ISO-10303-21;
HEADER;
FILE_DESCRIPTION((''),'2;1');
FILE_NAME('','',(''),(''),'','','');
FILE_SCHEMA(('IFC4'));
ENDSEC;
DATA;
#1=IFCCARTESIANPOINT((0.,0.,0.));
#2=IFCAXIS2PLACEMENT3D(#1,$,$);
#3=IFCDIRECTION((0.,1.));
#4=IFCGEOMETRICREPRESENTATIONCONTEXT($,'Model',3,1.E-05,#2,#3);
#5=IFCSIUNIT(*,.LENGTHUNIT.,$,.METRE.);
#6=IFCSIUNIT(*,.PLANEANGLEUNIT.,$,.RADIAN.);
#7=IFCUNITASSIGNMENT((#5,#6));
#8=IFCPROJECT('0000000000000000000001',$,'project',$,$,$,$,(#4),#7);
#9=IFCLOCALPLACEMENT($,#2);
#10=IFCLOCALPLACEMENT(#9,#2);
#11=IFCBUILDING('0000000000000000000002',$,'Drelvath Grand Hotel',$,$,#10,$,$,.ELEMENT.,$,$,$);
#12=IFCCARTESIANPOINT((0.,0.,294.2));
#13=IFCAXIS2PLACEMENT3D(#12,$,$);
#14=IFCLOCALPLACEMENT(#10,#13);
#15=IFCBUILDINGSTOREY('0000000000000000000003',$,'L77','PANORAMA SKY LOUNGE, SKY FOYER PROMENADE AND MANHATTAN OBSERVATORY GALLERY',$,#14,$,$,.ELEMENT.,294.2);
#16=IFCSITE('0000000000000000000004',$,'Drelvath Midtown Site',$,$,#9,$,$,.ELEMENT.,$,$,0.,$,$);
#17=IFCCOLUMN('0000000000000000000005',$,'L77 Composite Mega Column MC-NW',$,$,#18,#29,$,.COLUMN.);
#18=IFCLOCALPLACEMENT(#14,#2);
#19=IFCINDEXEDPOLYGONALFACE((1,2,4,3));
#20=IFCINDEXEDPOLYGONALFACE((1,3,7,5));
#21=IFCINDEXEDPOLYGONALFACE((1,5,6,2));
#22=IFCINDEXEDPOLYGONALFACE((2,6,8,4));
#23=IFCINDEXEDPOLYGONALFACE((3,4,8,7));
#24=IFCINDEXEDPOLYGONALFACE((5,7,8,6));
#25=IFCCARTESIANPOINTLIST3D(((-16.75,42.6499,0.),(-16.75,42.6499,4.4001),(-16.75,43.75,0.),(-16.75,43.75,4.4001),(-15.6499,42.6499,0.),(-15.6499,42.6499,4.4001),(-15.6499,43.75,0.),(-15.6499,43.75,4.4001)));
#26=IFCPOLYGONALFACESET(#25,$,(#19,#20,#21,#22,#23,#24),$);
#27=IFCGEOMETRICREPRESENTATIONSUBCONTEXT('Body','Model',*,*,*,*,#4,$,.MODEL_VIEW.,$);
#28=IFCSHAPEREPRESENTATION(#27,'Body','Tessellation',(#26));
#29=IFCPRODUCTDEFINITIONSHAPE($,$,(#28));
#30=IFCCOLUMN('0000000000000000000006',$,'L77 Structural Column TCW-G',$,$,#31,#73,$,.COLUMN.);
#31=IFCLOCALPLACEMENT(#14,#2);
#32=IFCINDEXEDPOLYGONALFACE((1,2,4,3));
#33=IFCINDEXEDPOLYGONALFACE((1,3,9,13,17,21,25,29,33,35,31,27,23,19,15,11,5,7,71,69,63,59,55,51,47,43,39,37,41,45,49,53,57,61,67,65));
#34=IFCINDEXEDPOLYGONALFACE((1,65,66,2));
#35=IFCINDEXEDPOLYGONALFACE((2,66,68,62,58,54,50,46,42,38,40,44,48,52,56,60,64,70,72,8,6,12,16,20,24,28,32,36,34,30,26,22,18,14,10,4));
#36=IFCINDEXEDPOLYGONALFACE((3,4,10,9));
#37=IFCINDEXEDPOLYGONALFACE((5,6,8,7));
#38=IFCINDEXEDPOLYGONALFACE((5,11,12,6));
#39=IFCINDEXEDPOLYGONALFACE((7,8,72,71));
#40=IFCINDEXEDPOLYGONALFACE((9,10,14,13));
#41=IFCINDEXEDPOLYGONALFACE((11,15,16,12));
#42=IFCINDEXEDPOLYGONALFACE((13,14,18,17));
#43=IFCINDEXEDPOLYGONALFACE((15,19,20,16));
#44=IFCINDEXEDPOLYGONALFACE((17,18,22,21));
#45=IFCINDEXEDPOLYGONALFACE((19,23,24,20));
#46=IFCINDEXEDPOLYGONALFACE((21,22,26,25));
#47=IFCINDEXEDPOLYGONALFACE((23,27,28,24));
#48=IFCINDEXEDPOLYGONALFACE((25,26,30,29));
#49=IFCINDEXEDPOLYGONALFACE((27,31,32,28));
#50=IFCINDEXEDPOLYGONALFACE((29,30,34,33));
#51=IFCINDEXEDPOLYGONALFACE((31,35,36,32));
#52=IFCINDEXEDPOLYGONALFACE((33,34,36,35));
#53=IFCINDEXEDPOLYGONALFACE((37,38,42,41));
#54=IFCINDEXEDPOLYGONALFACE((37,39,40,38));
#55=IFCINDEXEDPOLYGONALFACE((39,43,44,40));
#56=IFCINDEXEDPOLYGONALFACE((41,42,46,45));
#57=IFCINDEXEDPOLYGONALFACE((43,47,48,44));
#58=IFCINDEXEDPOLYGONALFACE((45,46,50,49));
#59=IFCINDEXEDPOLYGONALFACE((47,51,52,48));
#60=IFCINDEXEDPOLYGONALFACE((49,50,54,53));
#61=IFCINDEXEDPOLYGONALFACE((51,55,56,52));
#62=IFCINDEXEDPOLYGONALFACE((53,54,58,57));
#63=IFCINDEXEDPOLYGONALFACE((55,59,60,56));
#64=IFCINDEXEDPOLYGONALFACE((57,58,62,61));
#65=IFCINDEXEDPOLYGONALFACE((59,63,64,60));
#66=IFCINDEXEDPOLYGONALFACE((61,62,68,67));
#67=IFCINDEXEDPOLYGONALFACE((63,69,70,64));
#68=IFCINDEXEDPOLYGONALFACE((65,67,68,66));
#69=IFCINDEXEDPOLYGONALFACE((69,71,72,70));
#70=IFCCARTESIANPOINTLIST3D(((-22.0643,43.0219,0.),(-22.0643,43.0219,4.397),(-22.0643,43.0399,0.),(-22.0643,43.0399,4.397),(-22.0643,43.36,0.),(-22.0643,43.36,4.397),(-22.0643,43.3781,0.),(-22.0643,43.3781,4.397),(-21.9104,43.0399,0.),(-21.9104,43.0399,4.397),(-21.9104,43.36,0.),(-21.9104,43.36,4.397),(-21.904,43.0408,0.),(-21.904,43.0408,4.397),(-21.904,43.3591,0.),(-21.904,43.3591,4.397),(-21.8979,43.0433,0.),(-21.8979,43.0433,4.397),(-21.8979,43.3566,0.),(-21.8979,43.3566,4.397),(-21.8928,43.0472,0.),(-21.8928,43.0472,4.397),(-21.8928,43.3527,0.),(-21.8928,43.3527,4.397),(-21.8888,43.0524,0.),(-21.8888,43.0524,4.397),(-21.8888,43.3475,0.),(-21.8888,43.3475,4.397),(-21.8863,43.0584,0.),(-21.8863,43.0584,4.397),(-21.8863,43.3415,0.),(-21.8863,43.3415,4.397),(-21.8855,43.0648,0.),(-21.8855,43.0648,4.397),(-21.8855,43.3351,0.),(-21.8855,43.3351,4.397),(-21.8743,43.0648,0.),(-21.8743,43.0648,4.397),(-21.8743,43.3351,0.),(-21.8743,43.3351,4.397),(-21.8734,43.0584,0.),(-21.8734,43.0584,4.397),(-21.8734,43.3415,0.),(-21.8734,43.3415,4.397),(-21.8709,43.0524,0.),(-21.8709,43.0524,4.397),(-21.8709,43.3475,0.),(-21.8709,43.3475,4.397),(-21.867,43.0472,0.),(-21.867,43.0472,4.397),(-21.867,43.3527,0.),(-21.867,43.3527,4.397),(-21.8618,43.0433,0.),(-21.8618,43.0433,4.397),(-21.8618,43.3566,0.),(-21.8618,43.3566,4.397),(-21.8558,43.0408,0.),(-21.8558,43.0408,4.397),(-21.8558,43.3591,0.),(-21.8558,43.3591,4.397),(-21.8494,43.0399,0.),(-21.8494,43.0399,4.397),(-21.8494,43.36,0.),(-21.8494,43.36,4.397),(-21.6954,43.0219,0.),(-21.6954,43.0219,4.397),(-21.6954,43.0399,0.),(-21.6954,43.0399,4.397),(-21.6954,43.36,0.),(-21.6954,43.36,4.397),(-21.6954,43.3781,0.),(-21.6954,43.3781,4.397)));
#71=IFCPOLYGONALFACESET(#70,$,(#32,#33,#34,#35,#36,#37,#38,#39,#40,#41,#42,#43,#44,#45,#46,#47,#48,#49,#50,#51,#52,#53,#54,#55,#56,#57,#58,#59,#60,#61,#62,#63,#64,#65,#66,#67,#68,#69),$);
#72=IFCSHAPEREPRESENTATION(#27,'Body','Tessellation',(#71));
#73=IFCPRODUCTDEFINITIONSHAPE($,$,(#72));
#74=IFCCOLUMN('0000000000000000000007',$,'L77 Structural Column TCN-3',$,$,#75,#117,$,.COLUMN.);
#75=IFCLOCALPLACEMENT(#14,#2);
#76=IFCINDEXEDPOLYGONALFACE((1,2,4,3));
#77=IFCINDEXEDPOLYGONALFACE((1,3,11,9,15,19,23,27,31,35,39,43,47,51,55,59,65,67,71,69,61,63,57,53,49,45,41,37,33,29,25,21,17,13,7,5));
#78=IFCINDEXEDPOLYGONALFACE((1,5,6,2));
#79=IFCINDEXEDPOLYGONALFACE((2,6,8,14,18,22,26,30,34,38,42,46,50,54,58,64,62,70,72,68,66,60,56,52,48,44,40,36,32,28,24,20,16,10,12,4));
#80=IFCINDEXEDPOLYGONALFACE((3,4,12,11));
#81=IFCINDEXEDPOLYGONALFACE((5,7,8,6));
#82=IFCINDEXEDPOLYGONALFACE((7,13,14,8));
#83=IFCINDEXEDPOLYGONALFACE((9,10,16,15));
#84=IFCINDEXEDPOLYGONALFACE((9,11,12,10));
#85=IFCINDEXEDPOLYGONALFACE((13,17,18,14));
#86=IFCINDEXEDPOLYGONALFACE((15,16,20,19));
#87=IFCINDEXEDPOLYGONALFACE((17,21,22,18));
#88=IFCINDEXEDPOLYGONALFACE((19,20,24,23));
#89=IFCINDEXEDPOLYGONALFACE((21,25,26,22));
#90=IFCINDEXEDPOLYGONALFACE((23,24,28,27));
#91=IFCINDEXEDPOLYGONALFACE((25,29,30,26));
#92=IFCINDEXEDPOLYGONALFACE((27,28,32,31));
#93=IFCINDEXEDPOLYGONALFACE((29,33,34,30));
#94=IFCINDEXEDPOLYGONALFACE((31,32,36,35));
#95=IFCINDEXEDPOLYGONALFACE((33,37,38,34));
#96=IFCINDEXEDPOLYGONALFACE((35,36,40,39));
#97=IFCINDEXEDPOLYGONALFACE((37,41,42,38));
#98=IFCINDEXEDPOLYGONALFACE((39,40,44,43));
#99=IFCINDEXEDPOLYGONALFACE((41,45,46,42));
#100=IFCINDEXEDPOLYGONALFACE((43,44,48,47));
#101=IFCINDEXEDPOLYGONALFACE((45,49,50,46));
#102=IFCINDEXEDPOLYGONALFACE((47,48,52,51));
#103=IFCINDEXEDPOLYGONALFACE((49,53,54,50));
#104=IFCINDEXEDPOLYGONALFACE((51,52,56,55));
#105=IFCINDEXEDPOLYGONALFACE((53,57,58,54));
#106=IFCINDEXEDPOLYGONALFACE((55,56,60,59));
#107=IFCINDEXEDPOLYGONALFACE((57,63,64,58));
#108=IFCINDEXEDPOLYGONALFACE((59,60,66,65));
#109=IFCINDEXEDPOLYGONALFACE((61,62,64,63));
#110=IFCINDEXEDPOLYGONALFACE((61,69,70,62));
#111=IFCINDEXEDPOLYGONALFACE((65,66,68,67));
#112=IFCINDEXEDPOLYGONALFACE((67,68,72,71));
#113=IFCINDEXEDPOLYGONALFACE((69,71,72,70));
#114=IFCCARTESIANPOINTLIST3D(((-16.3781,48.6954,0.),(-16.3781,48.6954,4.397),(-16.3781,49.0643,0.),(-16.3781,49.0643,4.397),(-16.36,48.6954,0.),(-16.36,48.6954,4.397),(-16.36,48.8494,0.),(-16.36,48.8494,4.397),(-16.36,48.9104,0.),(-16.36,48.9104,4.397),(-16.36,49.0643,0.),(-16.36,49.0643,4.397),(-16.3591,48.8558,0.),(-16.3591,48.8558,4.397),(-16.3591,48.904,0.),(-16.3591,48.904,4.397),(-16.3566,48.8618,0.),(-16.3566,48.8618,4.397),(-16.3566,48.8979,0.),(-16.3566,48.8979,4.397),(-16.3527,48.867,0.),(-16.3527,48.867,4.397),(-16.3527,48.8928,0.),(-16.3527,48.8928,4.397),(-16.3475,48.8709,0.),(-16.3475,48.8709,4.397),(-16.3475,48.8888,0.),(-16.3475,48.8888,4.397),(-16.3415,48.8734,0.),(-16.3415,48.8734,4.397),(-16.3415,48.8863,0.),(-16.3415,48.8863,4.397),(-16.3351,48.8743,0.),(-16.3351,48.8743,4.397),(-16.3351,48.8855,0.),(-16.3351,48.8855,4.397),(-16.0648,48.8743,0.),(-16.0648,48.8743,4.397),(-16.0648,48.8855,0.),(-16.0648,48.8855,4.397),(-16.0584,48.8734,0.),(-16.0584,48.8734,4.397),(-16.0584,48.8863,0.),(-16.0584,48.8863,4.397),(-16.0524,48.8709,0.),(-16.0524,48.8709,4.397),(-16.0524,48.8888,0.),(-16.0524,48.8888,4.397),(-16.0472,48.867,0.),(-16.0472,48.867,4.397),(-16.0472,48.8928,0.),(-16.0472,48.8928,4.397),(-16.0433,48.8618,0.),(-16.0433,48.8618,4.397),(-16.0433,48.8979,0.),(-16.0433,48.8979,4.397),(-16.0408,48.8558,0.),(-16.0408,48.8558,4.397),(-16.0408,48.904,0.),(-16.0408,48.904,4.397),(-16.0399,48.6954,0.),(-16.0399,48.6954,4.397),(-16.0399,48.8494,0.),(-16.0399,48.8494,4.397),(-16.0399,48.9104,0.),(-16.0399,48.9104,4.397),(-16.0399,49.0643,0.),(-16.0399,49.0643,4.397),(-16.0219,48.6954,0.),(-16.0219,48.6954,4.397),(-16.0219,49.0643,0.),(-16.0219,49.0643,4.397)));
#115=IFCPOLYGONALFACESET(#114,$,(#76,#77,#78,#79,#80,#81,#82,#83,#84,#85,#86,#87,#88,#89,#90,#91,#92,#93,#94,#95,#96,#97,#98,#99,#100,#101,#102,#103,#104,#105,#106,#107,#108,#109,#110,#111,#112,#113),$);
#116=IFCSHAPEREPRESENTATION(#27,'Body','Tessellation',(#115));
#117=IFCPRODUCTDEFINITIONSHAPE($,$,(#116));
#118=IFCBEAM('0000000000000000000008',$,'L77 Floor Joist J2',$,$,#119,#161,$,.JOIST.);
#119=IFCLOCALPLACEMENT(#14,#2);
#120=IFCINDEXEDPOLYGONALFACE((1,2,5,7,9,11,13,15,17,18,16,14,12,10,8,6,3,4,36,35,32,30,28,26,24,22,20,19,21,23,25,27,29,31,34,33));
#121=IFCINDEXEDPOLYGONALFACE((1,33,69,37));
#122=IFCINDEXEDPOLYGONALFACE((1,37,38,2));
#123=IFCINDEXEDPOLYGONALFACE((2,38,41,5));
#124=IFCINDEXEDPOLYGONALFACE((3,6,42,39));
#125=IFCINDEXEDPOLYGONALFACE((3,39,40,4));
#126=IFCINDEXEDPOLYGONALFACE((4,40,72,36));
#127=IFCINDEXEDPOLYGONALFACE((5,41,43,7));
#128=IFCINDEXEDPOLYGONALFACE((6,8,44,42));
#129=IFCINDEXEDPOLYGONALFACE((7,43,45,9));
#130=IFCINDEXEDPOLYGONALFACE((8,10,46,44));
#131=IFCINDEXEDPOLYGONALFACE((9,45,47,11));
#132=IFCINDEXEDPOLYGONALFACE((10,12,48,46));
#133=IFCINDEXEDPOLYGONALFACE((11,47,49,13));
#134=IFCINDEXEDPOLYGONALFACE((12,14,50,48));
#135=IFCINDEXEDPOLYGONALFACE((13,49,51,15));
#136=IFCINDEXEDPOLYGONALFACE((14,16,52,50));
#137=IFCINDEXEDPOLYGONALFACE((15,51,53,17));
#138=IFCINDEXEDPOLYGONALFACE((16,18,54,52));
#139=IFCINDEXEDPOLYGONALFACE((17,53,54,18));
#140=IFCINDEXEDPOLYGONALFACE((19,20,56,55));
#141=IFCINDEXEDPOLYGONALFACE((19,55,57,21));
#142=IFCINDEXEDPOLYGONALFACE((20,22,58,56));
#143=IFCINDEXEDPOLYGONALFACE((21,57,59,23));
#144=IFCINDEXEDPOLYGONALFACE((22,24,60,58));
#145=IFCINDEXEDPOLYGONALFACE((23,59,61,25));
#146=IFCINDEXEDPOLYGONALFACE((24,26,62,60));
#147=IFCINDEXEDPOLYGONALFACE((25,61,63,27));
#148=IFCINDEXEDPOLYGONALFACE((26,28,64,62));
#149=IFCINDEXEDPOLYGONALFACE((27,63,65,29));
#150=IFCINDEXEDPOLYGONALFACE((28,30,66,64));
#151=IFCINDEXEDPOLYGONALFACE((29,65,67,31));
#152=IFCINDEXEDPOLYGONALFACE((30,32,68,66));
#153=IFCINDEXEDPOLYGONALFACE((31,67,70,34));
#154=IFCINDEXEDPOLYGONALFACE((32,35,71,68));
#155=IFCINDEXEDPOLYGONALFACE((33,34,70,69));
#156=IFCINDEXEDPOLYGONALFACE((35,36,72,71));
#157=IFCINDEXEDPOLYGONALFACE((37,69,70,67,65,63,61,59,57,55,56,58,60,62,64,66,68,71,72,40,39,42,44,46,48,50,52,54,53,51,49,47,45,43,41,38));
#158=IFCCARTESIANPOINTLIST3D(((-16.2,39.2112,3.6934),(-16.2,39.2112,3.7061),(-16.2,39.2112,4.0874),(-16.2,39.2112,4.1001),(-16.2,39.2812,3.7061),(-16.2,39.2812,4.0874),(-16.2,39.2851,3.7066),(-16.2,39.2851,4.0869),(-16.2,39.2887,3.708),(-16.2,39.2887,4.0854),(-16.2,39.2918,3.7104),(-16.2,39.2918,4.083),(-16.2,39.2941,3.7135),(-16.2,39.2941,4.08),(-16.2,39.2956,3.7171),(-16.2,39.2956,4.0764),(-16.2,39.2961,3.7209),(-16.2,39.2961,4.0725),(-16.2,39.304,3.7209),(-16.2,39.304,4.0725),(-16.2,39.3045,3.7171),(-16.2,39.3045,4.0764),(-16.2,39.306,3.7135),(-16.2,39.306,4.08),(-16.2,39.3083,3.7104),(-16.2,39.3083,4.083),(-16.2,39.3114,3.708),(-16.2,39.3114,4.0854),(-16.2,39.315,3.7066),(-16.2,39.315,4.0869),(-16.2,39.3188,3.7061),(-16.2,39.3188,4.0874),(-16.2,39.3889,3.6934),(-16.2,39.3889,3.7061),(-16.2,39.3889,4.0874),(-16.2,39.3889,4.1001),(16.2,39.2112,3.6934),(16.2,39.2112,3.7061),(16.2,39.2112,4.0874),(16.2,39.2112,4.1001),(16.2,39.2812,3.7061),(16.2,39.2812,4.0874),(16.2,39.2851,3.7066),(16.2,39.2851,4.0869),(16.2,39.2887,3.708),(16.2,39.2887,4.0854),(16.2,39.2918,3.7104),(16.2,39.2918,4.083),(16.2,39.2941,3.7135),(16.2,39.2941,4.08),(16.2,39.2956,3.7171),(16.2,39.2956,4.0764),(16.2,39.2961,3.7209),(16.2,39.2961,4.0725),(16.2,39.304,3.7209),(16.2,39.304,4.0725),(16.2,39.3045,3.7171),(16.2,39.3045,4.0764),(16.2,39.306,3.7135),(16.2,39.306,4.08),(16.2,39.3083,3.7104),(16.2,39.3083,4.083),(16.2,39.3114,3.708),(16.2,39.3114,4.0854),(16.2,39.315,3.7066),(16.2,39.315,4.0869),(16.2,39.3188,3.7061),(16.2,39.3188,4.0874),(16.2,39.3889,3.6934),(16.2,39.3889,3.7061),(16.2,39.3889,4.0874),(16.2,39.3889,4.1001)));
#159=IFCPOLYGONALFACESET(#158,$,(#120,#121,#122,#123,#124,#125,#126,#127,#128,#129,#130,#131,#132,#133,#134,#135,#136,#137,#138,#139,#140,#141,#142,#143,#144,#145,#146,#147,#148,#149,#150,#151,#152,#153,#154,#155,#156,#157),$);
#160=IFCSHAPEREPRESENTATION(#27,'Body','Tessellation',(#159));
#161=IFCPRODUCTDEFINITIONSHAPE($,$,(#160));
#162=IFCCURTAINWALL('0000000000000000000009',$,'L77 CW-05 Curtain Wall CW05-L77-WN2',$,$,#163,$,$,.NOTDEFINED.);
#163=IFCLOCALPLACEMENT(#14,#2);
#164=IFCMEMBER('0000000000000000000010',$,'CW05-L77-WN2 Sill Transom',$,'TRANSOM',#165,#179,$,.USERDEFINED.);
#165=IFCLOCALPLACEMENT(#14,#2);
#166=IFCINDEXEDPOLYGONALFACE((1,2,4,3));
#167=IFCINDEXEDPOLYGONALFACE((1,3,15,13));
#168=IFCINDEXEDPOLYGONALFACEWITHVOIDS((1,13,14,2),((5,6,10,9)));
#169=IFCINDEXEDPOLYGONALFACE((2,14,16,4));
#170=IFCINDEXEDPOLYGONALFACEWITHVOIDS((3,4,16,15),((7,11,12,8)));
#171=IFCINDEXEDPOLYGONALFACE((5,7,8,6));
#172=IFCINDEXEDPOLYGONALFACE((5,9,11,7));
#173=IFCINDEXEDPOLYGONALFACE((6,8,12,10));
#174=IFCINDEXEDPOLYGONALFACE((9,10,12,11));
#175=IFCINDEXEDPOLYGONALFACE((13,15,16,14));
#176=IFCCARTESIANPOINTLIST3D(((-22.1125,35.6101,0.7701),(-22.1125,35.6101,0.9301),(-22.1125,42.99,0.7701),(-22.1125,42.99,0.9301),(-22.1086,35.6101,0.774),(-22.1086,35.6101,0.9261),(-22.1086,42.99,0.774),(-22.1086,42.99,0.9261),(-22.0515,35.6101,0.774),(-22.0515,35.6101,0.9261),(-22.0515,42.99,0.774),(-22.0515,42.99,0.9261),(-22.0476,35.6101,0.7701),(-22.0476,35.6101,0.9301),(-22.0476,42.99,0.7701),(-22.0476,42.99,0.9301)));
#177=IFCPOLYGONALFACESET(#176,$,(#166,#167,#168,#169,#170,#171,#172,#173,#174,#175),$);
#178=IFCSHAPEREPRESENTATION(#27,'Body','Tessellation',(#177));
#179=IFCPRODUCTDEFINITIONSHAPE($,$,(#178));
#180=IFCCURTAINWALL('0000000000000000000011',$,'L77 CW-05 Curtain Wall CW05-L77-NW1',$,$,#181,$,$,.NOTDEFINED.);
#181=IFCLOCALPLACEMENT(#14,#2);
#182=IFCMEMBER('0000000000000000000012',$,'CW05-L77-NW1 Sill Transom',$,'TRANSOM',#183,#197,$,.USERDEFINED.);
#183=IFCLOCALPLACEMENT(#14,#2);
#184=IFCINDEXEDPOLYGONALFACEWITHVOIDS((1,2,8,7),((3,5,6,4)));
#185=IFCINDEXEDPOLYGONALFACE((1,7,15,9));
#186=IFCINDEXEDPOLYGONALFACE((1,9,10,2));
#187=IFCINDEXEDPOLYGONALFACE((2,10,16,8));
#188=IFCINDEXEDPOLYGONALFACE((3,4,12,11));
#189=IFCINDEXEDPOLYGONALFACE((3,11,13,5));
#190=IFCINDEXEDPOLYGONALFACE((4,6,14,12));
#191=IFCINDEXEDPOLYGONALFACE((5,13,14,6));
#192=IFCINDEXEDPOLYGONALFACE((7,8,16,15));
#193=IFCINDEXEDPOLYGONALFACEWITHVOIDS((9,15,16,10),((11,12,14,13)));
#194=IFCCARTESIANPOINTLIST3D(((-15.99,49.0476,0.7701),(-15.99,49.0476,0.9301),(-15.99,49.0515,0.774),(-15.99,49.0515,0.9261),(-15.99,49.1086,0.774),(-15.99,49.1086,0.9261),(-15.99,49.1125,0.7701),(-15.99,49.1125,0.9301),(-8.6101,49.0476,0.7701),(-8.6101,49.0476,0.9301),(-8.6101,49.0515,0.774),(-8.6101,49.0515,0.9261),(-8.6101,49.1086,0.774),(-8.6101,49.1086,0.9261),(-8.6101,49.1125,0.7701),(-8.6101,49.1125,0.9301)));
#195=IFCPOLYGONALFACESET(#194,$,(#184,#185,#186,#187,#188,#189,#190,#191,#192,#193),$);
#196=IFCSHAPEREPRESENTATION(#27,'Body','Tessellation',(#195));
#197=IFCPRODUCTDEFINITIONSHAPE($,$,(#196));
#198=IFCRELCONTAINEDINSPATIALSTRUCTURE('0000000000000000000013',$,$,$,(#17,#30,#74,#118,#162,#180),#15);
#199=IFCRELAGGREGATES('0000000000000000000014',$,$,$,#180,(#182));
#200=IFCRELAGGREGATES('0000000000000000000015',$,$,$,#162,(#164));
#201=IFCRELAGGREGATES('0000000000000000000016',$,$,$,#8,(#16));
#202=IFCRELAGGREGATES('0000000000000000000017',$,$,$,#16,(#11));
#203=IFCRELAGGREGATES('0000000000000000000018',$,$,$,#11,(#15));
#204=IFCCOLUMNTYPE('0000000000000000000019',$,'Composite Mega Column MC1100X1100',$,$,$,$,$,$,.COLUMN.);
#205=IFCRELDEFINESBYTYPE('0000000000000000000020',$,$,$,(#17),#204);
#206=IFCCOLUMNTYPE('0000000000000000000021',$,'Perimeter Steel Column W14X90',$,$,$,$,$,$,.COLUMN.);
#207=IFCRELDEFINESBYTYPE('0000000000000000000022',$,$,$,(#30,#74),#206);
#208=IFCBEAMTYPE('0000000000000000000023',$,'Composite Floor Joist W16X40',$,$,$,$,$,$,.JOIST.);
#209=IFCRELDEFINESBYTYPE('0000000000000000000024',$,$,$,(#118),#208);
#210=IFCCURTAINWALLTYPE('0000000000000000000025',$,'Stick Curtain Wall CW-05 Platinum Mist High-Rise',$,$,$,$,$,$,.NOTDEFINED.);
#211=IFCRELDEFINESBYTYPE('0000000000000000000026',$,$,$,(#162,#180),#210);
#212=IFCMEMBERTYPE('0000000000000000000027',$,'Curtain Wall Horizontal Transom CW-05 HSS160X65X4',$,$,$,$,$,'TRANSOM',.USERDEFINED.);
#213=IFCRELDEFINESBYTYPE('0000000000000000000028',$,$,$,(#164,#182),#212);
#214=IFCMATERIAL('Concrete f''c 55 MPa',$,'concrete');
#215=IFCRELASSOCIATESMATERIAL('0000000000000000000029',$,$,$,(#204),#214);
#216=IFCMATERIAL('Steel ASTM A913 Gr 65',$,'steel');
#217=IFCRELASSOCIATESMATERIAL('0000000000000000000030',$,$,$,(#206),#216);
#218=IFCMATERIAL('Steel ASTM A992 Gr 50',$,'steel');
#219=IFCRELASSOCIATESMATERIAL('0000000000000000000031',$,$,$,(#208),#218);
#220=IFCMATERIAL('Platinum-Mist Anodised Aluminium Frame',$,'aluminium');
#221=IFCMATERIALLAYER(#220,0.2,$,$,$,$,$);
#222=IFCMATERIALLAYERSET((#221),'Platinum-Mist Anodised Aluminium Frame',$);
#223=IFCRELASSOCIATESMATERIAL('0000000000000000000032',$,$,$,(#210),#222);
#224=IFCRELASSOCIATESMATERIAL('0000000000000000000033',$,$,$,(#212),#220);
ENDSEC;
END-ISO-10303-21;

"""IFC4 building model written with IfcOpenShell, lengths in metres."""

from ifc_helpers import new_model, si_unit, direction, frame, origin, origin_2d, place, context, subcontext, project, spatial, rectangle, hollow_rectangle, i_section, extrude, material, layer, layer_set, material_profile, profile_set, type_object, element, aggregate, save


model = new_model("IFC4")

# Units and contexts
model_context = context("Model", 3, precision=1e-05, world=origin(), true_north=direction((0.0, 1.0)))
body_context = subcontext(model_context, "Body", "Model", "MODEL_VIEW")
ifc_project = project(units=[si_unit("LENGTHUNIT", "METRE"), si_unit("PLANEANGLEUNIT", "RADIAN")], contexts=[model_context])

# Site, building, storey
site_placement = place(None, origin())
site = spatial("IfcSite", under=ifc_project, at=site_placement, Name="Drelvath Midtown Site", CompositionType="ELEMENT", RefElevation=0.0)
building_placement = place(site_placement, origin())
building = spatial("IfcBuilding", under=site, at=building_placement, Name="Drelvath Grand Hotel", CompositionType="ELEMENT")
storey_placement = place(building_placement, frame((0.0, 0.0, 294.2)))
storey = spatial("IfcBuildingStorey", under=building, at=storey_placement, Name="L77", Description="PANORAMA SKY LOUNGE, SKY FOYER PROMENADE AND MANHATTAN OBSERVATORY GALLERY", CompositionType="ELEMENT", Elevation=294.2)

# Columns
ifc_material_1 = material(Name="Concrete f'c 55 MPa", Category="concrete")
ifc_material_profile_1 = material_profile(ifc_material_1, rectangle(XDim=1.1001, YDim=1.1001, at=origin_2d()), Name="MC1100X1100")
ifc_profile_set_1 = profile_set([ifc_material_profile_1], Name="Concrete f'c 55 MPa")
column_type_1 = type_object("IfcColumnType", Name="Composite Mega Column MC1100X1100", PredefinedType="COLUMN", material=ifc_profile_set_1)
column_placement = place(storey_placement, frame((-16.2, 43.2, 0.0), z_axis=(0.0, 0.0, 1.0), x_axis=(1.0, 0.0, 0.0)))
element("IfcColumn", 1, at=column_placement, inside=storey, type_object=column_type_1, Name="L77 Composite Mega Column MC-NW", PredefinedType="COLUMN", context=body_context, shape_type="SweptSolid", body=[
    extrude(rectangle(XDim=1.1001, YDim=1.1001, at=origin_2d()), origin(), (0.0, 0.0, 1.0), 4.4001),
])
ifc_material_2 = material(Name="Steel ASTM A913 Gr 65", Category="steel")
ifc_material_profile_2 = material_profile(ifc_material_2, i_section(OverallWidth=0.3689, OverallDepth=0.3562, WebThickness=0.0112, FlangeThickness=0.0181, FilletRadius=0.0249, at=origin_2d()), Name="W14X90")
ifc_profile_set_2 = profile_set([ifc_material_profile_2], Name="Steel ASTM A913 Gr 65")
column_type_2 = type_object("IfcColumnType", Name="Perimeter Steel Column W14X90", PredefinedType="COLUMN", material=ifc_profile_set_2)
for number, where, z_axis, x_axis, name in (
    (2, (-21.8799, 43.2, 0.0), (0.0, 0.0, 1.0), (1.0, 0.0, 0.0), "L77 Structural Column TCW-G"),
    (3, (-16.2, 48.8799, 0.0), (0.0, 0.0, 1.0), (0.0, 1.0, 0.0), "L77 Structural Column TCN-3"),
):
    element("IfcColumn", number, at=place(storey_placement, frame(where, z_axis=z_axis, x_axis=x_axis)), inside=storey, type_object=column_type_2, Name=name, PredefinedType="COLUMN", context=body_context, shape_type="SweptSolid", body=[
        extrude(i_section(OverallWidth=0.3689, OverallDepth=0.3562, WebThickness=0.0112, FlangeThickness=0.0181, FilletRadius=0.0249, at=origin_2d()), origin(), (0.0, 0.0, 1.0), 4.397),
    ])

# Beam
ifc_material_3 = material(Name="Steel ASTM A992 Gr 50", Category="steel")
ifc_material_profile_3 = material_profile(ifc_material_3, i_section(OverallWidth=0.1777, OverallDepth=0.4067, WebThickness=0.0078, FlangeThickness=0.0127, FilletRadius=0.0149, at=origin_2d()), Name="W16X40")
ifc_profile_set_3 = profile_set([ifc_material_profile_3], Name="Steel ASTM A992 Gr 50")
beam_type_1 = type_object("IfcBeamType", Name="Composite Floor Joist W16X40", PredefinedType="JOIST", material=ifc_profile_set_3)
beam_1_placement = place(storey_placement, frame((-16.2, 39.3, 3.8967), z_axis=(1.0, 0.0, 0.0), x_axis=(0.0, 1.0, 0.0)))
element("IfcBeam", 4, at=beam_1_placement, inside=storey, type_object=beam_type_1, Name="L77 Floor Joist J2", PredefinedType="JOIST", context=body_context, shape_type="SweptSolid", body=[
    extrude(i_section(OverallWidth=0.1777, OverallDepth=0.4067, WebThickness=0.0078, FlangeThickness=0.0127, FilletRadius=0.0149, at=origin_2d()), origin(), (0.0, 0.0, 1.0), 32.3999),
])

# Curtain walls, members
ifc_material_4 = material(Name="Platinum-Mist Anodised Aluminium Frame", Category="aluminium")
ifc_layer_1 = layer(ifc_material_4, 0.2)
ifc_layer_set_1 = layer_set([ifc_layer_1], Name="Platinum-Mist Anodised Aluminium Frame")
curtain_wall_type = type_object("IfcCurtainWallType", Name="Stick Curtain Wall CW-05 Platinum Mist High-Rise", PredefinedType="NOTDEFINED", material=ifc_layer_set_1)
curtain_wall_1_placement = place(storey_placement, origin())
curtain_wall_1 = element("IfcCurtainWall", 5, at=curtain_wall_1_placement, inside=storey, type_object=curtain_wall_type, Name="L77 CW-05 Curtain Wall CW05-L77-WN2", PredefinedType="NOTDEFINED")
ifc_material_profile_4 = material_profile(ifc_material_4, hollow_rectangle(XDim=0.0649, YDim=0.1599, WallThickness=0.0039, at=origin_2d()), Name="HSS160X65X4")
ifc_profile_set_4 = profile_set([ifc_material_profile_4], Name="Platinum-Mist Anodised Aluminium Frame")
member_type_1 = type_object("IfcMemberType", Name="Curtain Wall Horizontal Transom CW-05 HSS160X65X4", ElementType="TRANSOM", PredefinedType="USERDEFINED", material=ifc_profile_set_4)
member_1_placement = place(storey_placement, frame((-22.0801, 35.6101, 0.8501), z_axis=(0.0, 1.0, 0.0), x_axis=(-1.0, 0.0, 0.0)))
member_1 = element("IfcMember", 6, at=member_1_placement, type_object=member_type_1, Name="CW05-L77-WN2 Sill Transom", ObjectType="TRANSOM", PredefinedType="USERDEFINED", context=body_context, shape_type="SweptSolid", body=[
    extrude(hollow_rectangle(XDim=0.0649, YDim=0.1599, WallThickness=0.0039, at=origin_2d()), origin(), (0.0, 0.0, 1.0), 7.3799),
])
curtain_wall_2_placement = place(storey_placement, origin())
curtain_wall_2 = element("IfcCurtainWall", 7, at=curtain_wall_2_placement, inside=storey, type_object=curtain_wall_type, Name="L77 CW-05 Curtain Wall CW05-L77-NW1", PredefinedType="NOTDEFINED")
member_2_placement = place(storey_placement, frame((-15.99, 49.0801, 0.8501), z_axis=(1.0, 0.0, 0.0), x_axis=(0.0, 1.0, 0.0)))
member_2 = element("IfcMember", 8, at=member_2_placement, type_object=member_type_1, Name="CW05-L77-NW1 Sill Transom", ObjectType="TRANSOM", PredefinedType="USERDEFINED", context=body_context, shape_type="SweptSolid", body=[
    extrude(hollow_rectangle(XDim=0.0649, YDim=0.1599, WallThickness=0.0039, at=origin_2d()), origin(), (0.0, 0.0, 1.0), 7.3799),
])

aggregate(curtain_wall_2, [member_2])

aggregate(curtain_wall_1, [member_1])

save(model, "model.ifc")
